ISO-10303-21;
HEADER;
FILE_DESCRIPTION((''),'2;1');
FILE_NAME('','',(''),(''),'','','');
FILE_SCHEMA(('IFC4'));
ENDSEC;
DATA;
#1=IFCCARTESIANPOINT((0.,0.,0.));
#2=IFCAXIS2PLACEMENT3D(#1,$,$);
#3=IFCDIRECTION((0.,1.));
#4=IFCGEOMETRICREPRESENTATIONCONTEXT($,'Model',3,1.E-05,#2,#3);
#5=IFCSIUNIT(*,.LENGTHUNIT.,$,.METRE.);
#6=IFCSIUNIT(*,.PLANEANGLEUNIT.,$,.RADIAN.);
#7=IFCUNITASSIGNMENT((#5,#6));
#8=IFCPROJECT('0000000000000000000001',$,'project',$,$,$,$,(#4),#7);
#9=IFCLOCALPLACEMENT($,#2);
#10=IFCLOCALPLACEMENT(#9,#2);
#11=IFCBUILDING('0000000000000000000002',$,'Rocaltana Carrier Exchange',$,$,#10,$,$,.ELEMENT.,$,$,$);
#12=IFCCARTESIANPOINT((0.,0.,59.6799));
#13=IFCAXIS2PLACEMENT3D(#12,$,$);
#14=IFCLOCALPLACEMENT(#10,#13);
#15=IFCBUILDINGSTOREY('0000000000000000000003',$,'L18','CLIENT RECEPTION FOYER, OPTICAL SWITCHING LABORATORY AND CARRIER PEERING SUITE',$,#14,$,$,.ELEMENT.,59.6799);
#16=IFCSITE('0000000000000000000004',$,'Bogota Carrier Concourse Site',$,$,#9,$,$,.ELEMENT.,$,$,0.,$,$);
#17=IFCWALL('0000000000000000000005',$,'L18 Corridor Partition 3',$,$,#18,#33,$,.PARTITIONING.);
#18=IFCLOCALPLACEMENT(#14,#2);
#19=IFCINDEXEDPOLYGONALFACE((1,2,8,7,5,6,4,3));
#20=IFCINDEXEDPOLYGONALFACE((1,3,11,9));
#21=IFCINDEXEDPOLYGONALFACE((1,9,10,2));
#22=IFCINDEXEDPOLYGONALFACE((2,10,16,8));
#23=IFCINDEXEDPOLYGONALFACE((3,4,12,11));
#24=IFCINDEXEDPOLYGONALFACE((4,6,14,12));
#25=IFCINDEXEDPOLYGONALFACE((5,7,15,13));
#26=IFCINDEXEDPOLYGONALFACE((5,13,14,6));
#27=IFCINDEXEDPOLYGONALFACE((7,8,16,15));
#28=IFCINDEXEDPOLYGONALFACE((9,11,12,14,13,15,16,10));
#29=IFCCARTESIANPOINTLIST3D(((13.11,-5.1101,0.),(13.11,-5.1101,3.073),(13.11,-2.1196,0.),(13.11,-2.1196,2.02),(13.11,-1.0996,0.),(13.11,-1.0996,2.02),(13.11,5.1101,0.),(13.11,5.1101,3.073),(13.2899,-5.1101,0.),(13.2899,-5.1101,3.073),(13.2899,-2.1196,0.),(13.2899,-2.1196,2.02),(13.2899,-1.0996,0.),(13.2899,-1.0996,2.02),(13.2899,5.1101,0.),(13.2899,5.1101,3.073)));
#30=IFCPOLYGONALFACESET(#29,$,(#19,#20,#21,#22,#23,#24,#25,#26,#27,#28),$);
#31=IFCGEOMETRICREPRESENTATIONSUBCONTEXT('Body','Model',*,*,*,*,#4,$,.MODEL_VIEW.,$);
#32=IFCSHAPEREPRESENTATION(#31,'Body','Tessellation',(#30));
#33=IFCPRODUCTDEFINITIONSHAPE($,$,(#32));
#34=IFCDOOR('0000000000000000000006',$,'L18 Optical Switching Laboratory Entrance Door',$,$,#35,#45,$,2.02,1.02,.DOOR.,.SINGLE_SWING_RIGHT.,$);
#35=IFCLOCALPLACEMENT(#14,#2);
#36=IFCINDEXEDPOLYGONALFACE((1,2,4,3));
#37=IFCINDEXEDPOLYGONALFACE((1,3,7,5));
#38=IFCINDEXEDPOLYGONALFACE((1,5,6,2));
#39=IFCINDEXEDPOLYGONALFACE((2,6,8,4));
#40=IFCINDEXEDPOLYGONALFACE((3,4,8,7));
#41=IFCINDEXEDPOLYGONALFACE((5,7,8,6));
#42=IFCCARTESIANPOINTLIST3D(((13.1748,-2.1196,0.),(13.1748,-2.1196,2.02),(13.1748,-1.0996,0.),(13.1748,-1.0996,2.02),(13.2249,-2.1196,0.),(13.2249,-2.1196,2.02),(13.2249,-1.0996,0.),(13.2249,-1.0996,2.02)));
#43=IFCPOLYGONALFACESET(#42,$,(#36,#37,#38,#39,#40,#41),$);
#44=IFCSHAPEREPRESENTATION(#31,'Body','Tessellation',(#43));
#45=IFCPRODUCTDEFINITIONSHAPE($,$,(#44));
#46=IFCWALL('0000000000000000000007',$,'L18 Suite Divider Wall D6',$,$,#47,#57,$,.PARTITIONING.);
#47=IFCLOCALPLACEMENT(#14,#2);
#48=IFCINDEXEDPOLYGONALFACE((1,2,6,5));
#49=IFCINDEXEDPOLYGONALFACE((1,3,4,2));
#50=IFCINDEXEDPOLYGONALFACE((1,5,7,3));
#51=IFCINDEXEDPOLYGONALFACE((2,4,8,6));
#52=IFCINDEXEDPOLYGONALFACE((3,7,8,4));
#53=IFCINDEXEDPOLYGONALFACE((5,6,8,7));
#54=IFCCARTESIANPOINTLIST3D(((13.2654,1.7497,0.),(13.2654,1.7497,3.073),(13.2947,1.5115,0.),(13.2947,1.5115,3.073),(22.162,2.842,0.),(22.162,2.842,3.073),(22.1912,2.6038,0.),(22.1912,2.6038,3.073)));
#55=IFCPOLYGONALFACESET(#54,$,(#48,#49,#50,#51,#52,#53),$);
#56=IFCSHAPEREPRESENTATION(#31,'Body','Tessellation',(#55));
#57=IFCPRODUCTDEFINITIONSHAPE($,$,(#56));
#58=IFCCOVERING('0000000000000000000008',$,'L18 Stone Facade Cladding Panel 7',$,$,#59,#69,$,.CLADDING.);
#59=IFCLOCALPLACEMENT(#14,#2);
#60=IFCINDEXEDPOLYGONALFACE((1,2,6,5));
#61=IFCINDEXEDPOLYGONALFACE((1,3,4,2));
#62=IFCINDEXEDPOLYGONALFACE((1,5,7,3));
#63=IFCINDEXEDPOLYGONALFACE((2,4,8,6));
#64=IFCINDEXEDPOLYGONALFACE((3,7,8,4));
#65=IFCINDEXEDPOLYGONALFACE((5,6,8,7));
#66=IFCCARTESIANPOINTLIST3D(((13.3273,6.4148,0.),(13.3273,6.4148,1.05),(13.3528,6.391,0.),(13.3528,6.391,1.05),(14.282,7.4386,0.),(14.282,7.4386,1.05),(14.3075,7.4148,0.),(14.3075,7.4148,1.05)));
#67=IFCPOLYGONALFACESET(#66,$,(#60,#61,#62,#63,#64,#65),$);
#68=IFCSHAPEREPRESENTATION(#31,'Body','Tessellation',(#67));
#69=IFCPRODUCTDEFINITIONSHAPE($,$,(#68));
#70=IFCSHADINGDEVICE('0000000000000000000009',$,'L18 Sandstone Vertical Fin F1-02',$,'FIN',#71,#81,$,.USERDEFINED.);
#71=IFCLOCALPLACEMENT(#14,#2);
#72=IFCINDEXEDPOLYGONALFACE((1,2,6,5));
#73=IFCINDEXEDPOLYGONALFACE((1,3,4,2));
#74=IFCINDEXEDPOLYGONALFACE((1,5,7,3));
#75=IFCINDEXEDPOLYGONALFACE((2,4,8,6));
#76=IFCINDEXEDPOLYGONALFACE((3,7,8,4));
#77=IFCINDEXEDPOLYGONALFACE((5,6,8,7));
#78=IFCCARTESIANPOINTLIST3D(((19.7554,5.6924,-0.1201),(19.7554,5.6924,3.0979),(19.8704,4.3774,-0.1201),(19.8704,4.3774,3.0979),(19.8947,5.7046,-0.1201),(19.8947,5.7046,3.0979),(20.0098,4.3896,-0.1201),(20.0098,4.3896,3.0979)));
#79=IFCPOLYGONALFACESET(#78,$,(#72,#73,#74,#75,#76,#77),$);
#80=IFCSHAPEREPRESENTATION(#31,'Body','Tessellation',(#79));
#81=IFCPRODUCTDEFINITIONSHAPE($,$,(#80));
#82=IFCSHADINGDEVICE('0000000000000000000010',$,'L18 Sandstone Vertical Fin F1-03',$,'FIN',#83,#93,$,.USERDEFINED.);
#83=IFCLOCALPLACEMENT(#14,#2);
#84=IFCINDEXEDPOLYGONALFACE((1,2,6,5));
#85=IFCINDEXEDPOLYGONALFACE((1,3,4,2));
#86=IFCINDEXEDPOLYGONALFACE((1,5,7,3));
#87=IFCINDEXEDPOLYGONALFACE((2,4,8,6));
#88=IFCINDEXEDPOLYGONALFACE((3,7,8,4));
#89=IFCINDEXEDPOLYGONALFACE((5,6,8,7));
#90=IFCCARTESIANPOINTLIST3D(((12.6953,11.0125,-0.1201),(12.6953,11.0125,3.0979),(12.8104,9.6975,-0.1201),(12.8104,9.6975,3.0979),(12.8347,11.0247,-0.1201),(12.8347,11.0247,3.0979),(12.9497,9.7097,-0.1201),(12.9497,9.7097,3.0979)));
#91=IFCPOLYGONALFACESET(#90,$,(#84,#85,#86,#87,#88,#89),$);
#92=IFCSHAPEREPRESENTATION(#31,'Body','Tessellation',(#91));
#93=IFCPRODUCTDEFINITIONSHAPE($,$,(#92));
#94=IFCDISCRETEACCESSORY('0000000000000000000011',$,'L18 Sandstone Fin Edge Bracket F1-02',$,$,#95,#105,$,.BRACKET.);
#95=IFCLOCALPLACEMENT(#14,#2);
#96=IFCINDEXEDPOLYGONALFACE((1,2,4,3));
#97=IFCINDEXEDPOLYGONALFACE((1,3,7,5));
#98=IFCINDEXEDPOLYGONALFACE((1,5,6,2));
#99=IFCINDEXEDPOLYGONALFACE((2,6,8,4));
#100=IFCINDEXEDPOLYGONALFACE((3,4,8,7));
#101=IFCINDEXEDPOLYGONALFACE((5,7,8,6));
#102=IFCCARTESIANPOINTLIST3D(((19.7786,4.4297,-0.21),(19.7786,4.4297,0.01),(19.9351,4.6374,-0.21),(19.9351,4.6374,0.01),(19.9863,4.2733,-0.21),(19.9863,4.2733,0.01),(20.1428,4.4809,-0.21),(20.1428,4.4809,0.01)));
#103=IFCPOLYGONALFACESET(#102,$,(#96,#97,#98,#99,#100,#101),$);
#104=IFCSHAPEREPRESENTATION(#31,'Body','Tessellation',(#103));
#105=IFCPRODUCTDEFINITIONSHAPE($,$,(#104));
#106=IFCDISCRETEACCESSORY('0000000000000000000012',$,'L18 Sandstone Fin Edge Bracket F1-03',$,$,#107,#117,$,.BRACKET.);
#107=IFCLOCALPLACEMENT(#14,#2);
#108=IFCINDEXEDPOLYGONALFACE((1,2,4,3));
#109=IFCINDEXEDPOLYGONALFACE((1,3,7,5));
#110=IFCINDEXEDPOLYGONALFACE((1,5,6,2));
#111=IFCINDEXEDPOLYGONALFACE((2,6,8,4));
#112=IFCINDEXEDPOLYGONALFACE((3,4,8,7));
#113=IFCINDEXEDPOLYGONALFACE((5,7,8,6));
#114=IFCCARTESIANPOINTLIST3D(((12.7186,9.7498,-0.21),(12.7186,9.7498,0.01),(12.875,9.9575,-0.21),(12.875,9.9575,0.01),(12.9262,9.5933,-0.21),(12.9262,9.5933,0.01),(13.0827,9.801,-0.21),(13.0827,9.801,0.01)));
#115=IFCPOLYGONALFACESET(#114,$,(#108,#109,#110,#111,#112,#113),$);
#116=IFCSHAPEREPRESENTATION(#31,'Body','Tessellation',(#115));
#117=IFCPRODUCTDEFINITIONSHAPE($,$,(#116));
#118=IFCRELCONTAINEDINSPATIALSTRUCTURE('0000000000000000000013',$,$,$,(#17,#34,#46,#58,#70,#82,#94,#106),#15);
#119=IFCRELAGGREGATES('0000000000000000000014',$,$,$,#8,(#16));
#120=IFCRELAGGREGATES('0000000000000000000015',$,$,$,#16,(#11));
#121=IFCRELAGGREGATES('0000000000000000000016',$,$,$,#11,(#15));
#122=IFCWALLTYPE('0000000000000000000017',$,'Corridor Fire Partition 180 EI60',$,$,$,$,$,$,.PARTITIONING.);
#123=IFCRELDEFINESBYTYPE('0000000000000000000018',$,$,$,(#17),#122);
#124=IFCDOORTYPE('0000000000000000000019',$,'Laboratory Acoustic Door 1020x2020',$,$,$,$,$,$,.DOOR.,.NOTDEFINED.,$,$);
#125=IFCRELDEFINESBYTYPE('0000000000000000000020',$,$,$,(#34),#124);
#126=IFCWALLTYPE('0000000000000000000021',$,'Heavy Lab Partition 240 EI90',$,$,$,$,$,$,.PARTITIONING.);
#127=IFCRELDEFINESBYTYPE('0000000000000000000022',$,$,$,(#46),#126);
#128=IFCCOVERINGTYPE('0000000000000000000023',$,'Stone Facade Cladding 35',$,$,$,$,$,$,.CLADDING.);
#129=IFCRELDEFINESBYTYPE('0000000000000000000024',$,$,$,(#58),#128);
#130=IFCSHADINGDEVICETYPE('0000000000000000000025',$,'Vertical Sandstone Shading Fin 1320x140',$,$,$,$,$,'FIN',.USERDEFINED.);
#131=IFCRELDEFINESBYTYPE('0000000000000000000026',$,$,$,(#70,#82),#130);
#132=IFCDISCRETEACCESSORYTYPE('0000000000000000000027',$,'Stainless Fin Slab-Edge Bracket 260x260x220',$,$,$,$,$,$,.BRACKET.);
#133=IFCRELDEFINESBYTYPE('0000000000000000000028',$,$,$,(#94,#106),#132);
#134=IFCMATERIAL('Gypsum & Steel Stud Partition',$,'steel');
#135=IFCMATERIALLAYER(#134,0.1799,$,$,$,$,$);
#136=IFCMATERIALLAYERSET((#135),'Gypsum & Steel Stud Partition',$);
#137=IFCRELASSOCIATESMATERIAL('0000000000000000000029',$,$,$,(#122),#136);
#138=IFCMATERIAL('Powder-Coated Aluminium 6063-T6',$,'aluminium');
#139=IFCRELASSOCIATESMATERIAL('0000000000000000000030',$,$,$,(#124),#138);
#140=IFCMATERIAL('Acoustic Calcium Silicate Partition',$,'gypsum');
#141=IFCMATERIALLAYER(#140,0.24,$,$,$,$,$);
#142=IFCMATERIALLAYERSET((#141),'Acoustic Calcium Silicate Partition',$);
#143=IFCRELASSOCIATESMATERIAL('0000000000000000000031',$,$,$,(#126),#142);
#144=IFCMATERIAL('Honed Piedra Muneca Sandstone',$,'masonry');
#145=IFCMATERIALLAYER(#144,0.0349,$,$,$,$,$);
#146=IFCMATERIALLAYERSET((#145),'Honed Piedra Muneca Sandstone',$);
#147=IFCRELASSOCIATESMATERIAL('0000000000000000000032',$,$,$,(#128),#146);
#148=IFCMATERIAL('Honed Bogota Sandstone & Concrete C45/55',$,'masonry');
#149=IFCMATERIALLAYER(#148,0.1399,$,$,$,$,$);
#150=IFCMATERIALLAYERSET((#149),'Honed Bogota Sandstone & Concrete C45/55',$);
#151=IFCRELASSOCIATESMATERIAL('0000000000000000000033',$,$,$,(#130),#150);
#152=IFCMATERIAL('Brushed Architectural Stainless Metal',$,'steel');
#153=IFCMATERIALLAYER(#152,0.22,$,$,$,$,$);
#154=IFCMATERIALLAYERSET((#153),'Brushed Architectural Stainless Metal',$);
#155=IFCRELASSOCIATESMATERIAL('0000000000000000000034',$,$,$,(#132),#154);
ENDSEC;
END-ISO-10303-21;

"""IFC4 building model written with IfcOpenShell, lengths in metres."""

from ifc_helpers import new_model, si_unit, direction, frame, frame_2d, origin, origin_2d, place, context, subcontext, project, spatial, rectangle, extrude, material, layer, layer_set, type_object, element, fill, save


model = new_model("IFC4")

# Units and contexts
model_context = context("Model", 3, precision=1e-05, world=origin(), true_north=direction((0.0, 1.0)))
body_context = subcontext(model_context, "Body", "Model", "MODEL_VIEW")
ifc_project = project(units=[si_unit("LENGTHUNIT", "METRE"), si_unit("PLANEANGLEUNIT", "RADIAN")], contexts=[model_context])

# Site, building, storey
site_placement = place(None, origin())
site = spatial("IfcSite", under=ifc_project, at=site_placement, Name="Bogota Carrier Concourse Site", CompositionType="ELEMENT", RefElevation=0.0)
building_placement = place(site_placement, origin())
building = spatial("IfcBuilding", under=site, at=building_placement, Name="Rocaltana Carrier Exchange", CompositionType="ELEMENT")
storey_placement = place(building_placement, frame((0.0, 0.0, 59.6799)))
storey = spatial("IfcBuildingStorey", under=building, at=storey_placement, Name="L18", Description="CLIENT RECEPTION FOYER, OPTICAL SWITCHING LABORATORY AND CARRIER PEERING SUITE", CompositionType="ELEMENT", Elevation=59.6799)

# Wall, opening, door
ifc_material_1 = material(Name="Gypsum & Steel Stud Partition", Category="steel")
ifc_layer_1 = layer(ifc_material_1, 0.1799)
ifc_layer_set_1 = layer_set([ifc_layer_1], Name="Gypsum & Steel Stud Partition")
wall_type_1 = type_object("IfcWallType", Name="Corridor Fire Partition 180 EI60", PredefinedType="PARTITIONING", material=ifc_layer_set_1)
wall_1_placement = place(storey_placement, frame((13.2, 5.1101, 0.0), z_axis=(0.0, 0.0, 1.0), x_axis=(0.0, -1.0, 0.0)))
wall_1 = element("IfcWall", 1, at=wall_1_placement, inside=storey, type_object=wall_type_1, Name="L18 Corridor Partition 3", PredefinedType="PARTITIONING", context=body_context, shape_type="SweptSolid", body=[
    extrude(rectangle(XDim=10.2202, YDim=0.1799, at=frame_2d((5.1101, 0.0))), origin(), (0.0, 0.0, 1.0), 3.073),
])
opening_placement = place(wall_1_placement, frame((6.2097, 0.0, 0.0)))
opening = element("IfcOpeningElement", 2, at=opening_placement, cuts=wall_1, PredefinedType="OPENING", context=body_context, shape_type="SweptSolid", body=[
    extrude(rectangle(XDim=1.02, YDim=2.02, at=frame_2d((0.51, 1.01))), frame((0.0, 0.0999, 0.0), z_axis=(0.0, -1.0, 0.0), x_axis=(1.0, 0.0, 0.0)), (0.0, 0.0, 1.0), 0.2),
])
ifc_material_2 = material(Name="Powder-Coated Aluminium 6063-T6", Category="aluminium")
door_type = type_object("IfcDoorType", Name="Laboratory Acoustic Door 1020x2020", OperationType="NOTDEFINED", PredefinedType="DOOR", material=ifc_material_2)
door_placement = place(opening_placement, origin())
door = element("IfcDoor", 3, at=door_placement, inside=storey, type_object=door_type, Name="L18 Optical Switching Laboratory Entrance Door", OperationType="SINGLE_SWING_RIGHT", OverallHeight=2.02, OverallWidth=1.02, PredefinedType="DOOR", context=body_context, shape_type="SweptSolid", body=[
    extrude(rectangle(XDim=1.02, YDim=2.02, at=frame_2d((0.51, 1.01))), frame((0.0, 0.0249, 0.0), z_axis=(0.0, -1.0, 0.0), x_axis=(1.0, 0.0, 0.0)), (0.0, 0.0, 1.0), 0.05),
])
fill(opening, door)

# Wall
ifc_material_3 = material(Name="Acoustic Calcium Silicate Partition", Category="gypsum")
ifc_layer_2 = layer(ifc_material_3, 0.24)
ifc_layer_set_2 = layer_set([ifc_layer_2], Name="Acoustic Calcium Silicate Partition")
wall_type_2 = type_object("IfcWallType", Name="Heavy Lab Partition 240 EI90", PredefinedType="PARTITIONING", material=ifc_layer_set_2)
wall_2_placement = place(storey_placement, frame((13.28, 1.6306, 0.0), z_axis=(0.0, 0.0, 1.0), x_axis=(0.992547, 0.121862, 0.0)))
element("IfcWall", 4, at=wall_2_placement, inside=storey, type_object=wall_type_2, Name="L18 Suite Divider Wall D6", PredefinedType="PARTITIONING", context=body_context, shape_type="SweptSolid", body=[
    extrude(rectangle(XDim=8.9634, YDim=0.24, at=frame_2d((4.4817, 0.0))), origin(), (0.0, 0.0, 1.0), 3.073),
])

# Covering
ifc_material_4 = material(Name="Honed Piedra Muneca Sandstone", Category="masonry")
ifc_layer_3 = layer(ifc_material_4, 0.0349)
ifc_layer_set_3 = layer_set([ifc_layer_3], Name="Honed Piedra Muneca Sandstone")
covering_type = type_object("IfcCoveringType", Name="Stone Facade Cladding 35", PredefinedType="CLADDING", material=ifc_layer_set_3)
covering_placement = place(storey_placement, frame((13.8174, 6.9148, 0.0), z_axis=(0.0, 0.0, 1.0), x_axis=(0.681998, 0.731354, 0.0)))
element("IfcCovering", 5, at=covering_placement, inside=storey, type_object=covering_type, Name="L18 Stone Facade Cladding Panel 7", PredefinedType="CLADDING", context=body_context, shape_type="SweptSolid", body=[
    extrude(rectangle(XDim=1.3999, YDim=0.0349, at=origin_2d()), origin(), (0.0, 0.0, 1.0), 1.05),
])

# Shading devices
ifc_material_5 = material(Name="Honed Bogota Sandstone & Concrete C45/55", Category="masonry")
ifc_layer_4 = layer(ifc_material_5, 0.1399)
ifc_layer_set_4 = layer_set([ifc_layer_4], Name="Honed Bogota Sandstone & Concrete C45/55")
shading_device_type = type_object("IfcShadingDeviceType", Name="Vertical Sandstone Shading Fin 1320x140", ElementType="FIN", PredefinedType="USERDEFINED", material=ifc_layer_set_4)
for number, where, z_axis, x_axis, name in (
    (6, (19.8826, 5.041, -0.1201), (0.0, 0.0, 1.0), (-0.087156, 0.996195, 0.0), "L18 Sandstone Vertical Fin F1-02"),
    (7, (12.8225, 10.3611, -0.1201), (0.0, 0.0, 1.0), (-0.087156, 0.996195, 0.0), "L18 Sandstone Vertical Fin F1-03"),
):
    element("IfcShadingDevice", number, at=place(storey_placement, frame(where, z_axis=z_axis, x_axis=x_axis)), inside=storey, type_object=shading_device_type, Name=name, ObjectType="FIN", PredefinedType="USERDEFINED", context=body_context, shape_type="SweptSolid", body=[
        extrude(rectangle(XDim=1.3201, YDim=0.1399, at=origin_2d()), origin(), (0.0, 0.0, 1.0), 3.218),
    ])

# Discrete accessories
ifc_material_6 = material(Name="Brushed Architectural Stainless Metal", Category="steel")
ifc_layer_5 = layer(ifc_material_6, 0.22)
ifc_layer_set_5 = layer_set([ifc_layer_5], Name="Brushed Architectural Stainless Metal")
discrete_accessory_type = type_object("IfcDiscreteAccessoryType", Name="Stainless Fin Slab-Edge Bracket 260x260x220", PredefinedType="BRACKET", material=ifc_layer_set_5)
for number, where, z_axis, x_axis, name in (
    (8, (19.9607, 4.4553, -0.21), (0.0, 0.0, 1.0), (-0.798636, 0.601815, 0.0), "L18 Sandstone Fin Edge Bracket F1-02"),
    (9, (12.9006, 9.7754, -0.21), (0.0, 0.0, 1.0), (-0.798636, 0.601815, 0.0), "L18 Sandstone Fin Edge Bracket F1-03"),
):
    element("IfcDiscreteAccessory", number, at=place(storey_placement, frame(where, z_axis=z_axis, x_axis=x_axis)), inside=storey, type_object=discrete_accessory_type, Name=name, PredefinedType="BRACKET", context=body_context, shape_type="SweptSolid", body=[
        extrude(rectangle(XDim=0.26, YDim=0.26, at=origin_2d()), origin(), (0.0, 0.0, 1.0), 0.22),
    ])

save(model, "model.ifc")
